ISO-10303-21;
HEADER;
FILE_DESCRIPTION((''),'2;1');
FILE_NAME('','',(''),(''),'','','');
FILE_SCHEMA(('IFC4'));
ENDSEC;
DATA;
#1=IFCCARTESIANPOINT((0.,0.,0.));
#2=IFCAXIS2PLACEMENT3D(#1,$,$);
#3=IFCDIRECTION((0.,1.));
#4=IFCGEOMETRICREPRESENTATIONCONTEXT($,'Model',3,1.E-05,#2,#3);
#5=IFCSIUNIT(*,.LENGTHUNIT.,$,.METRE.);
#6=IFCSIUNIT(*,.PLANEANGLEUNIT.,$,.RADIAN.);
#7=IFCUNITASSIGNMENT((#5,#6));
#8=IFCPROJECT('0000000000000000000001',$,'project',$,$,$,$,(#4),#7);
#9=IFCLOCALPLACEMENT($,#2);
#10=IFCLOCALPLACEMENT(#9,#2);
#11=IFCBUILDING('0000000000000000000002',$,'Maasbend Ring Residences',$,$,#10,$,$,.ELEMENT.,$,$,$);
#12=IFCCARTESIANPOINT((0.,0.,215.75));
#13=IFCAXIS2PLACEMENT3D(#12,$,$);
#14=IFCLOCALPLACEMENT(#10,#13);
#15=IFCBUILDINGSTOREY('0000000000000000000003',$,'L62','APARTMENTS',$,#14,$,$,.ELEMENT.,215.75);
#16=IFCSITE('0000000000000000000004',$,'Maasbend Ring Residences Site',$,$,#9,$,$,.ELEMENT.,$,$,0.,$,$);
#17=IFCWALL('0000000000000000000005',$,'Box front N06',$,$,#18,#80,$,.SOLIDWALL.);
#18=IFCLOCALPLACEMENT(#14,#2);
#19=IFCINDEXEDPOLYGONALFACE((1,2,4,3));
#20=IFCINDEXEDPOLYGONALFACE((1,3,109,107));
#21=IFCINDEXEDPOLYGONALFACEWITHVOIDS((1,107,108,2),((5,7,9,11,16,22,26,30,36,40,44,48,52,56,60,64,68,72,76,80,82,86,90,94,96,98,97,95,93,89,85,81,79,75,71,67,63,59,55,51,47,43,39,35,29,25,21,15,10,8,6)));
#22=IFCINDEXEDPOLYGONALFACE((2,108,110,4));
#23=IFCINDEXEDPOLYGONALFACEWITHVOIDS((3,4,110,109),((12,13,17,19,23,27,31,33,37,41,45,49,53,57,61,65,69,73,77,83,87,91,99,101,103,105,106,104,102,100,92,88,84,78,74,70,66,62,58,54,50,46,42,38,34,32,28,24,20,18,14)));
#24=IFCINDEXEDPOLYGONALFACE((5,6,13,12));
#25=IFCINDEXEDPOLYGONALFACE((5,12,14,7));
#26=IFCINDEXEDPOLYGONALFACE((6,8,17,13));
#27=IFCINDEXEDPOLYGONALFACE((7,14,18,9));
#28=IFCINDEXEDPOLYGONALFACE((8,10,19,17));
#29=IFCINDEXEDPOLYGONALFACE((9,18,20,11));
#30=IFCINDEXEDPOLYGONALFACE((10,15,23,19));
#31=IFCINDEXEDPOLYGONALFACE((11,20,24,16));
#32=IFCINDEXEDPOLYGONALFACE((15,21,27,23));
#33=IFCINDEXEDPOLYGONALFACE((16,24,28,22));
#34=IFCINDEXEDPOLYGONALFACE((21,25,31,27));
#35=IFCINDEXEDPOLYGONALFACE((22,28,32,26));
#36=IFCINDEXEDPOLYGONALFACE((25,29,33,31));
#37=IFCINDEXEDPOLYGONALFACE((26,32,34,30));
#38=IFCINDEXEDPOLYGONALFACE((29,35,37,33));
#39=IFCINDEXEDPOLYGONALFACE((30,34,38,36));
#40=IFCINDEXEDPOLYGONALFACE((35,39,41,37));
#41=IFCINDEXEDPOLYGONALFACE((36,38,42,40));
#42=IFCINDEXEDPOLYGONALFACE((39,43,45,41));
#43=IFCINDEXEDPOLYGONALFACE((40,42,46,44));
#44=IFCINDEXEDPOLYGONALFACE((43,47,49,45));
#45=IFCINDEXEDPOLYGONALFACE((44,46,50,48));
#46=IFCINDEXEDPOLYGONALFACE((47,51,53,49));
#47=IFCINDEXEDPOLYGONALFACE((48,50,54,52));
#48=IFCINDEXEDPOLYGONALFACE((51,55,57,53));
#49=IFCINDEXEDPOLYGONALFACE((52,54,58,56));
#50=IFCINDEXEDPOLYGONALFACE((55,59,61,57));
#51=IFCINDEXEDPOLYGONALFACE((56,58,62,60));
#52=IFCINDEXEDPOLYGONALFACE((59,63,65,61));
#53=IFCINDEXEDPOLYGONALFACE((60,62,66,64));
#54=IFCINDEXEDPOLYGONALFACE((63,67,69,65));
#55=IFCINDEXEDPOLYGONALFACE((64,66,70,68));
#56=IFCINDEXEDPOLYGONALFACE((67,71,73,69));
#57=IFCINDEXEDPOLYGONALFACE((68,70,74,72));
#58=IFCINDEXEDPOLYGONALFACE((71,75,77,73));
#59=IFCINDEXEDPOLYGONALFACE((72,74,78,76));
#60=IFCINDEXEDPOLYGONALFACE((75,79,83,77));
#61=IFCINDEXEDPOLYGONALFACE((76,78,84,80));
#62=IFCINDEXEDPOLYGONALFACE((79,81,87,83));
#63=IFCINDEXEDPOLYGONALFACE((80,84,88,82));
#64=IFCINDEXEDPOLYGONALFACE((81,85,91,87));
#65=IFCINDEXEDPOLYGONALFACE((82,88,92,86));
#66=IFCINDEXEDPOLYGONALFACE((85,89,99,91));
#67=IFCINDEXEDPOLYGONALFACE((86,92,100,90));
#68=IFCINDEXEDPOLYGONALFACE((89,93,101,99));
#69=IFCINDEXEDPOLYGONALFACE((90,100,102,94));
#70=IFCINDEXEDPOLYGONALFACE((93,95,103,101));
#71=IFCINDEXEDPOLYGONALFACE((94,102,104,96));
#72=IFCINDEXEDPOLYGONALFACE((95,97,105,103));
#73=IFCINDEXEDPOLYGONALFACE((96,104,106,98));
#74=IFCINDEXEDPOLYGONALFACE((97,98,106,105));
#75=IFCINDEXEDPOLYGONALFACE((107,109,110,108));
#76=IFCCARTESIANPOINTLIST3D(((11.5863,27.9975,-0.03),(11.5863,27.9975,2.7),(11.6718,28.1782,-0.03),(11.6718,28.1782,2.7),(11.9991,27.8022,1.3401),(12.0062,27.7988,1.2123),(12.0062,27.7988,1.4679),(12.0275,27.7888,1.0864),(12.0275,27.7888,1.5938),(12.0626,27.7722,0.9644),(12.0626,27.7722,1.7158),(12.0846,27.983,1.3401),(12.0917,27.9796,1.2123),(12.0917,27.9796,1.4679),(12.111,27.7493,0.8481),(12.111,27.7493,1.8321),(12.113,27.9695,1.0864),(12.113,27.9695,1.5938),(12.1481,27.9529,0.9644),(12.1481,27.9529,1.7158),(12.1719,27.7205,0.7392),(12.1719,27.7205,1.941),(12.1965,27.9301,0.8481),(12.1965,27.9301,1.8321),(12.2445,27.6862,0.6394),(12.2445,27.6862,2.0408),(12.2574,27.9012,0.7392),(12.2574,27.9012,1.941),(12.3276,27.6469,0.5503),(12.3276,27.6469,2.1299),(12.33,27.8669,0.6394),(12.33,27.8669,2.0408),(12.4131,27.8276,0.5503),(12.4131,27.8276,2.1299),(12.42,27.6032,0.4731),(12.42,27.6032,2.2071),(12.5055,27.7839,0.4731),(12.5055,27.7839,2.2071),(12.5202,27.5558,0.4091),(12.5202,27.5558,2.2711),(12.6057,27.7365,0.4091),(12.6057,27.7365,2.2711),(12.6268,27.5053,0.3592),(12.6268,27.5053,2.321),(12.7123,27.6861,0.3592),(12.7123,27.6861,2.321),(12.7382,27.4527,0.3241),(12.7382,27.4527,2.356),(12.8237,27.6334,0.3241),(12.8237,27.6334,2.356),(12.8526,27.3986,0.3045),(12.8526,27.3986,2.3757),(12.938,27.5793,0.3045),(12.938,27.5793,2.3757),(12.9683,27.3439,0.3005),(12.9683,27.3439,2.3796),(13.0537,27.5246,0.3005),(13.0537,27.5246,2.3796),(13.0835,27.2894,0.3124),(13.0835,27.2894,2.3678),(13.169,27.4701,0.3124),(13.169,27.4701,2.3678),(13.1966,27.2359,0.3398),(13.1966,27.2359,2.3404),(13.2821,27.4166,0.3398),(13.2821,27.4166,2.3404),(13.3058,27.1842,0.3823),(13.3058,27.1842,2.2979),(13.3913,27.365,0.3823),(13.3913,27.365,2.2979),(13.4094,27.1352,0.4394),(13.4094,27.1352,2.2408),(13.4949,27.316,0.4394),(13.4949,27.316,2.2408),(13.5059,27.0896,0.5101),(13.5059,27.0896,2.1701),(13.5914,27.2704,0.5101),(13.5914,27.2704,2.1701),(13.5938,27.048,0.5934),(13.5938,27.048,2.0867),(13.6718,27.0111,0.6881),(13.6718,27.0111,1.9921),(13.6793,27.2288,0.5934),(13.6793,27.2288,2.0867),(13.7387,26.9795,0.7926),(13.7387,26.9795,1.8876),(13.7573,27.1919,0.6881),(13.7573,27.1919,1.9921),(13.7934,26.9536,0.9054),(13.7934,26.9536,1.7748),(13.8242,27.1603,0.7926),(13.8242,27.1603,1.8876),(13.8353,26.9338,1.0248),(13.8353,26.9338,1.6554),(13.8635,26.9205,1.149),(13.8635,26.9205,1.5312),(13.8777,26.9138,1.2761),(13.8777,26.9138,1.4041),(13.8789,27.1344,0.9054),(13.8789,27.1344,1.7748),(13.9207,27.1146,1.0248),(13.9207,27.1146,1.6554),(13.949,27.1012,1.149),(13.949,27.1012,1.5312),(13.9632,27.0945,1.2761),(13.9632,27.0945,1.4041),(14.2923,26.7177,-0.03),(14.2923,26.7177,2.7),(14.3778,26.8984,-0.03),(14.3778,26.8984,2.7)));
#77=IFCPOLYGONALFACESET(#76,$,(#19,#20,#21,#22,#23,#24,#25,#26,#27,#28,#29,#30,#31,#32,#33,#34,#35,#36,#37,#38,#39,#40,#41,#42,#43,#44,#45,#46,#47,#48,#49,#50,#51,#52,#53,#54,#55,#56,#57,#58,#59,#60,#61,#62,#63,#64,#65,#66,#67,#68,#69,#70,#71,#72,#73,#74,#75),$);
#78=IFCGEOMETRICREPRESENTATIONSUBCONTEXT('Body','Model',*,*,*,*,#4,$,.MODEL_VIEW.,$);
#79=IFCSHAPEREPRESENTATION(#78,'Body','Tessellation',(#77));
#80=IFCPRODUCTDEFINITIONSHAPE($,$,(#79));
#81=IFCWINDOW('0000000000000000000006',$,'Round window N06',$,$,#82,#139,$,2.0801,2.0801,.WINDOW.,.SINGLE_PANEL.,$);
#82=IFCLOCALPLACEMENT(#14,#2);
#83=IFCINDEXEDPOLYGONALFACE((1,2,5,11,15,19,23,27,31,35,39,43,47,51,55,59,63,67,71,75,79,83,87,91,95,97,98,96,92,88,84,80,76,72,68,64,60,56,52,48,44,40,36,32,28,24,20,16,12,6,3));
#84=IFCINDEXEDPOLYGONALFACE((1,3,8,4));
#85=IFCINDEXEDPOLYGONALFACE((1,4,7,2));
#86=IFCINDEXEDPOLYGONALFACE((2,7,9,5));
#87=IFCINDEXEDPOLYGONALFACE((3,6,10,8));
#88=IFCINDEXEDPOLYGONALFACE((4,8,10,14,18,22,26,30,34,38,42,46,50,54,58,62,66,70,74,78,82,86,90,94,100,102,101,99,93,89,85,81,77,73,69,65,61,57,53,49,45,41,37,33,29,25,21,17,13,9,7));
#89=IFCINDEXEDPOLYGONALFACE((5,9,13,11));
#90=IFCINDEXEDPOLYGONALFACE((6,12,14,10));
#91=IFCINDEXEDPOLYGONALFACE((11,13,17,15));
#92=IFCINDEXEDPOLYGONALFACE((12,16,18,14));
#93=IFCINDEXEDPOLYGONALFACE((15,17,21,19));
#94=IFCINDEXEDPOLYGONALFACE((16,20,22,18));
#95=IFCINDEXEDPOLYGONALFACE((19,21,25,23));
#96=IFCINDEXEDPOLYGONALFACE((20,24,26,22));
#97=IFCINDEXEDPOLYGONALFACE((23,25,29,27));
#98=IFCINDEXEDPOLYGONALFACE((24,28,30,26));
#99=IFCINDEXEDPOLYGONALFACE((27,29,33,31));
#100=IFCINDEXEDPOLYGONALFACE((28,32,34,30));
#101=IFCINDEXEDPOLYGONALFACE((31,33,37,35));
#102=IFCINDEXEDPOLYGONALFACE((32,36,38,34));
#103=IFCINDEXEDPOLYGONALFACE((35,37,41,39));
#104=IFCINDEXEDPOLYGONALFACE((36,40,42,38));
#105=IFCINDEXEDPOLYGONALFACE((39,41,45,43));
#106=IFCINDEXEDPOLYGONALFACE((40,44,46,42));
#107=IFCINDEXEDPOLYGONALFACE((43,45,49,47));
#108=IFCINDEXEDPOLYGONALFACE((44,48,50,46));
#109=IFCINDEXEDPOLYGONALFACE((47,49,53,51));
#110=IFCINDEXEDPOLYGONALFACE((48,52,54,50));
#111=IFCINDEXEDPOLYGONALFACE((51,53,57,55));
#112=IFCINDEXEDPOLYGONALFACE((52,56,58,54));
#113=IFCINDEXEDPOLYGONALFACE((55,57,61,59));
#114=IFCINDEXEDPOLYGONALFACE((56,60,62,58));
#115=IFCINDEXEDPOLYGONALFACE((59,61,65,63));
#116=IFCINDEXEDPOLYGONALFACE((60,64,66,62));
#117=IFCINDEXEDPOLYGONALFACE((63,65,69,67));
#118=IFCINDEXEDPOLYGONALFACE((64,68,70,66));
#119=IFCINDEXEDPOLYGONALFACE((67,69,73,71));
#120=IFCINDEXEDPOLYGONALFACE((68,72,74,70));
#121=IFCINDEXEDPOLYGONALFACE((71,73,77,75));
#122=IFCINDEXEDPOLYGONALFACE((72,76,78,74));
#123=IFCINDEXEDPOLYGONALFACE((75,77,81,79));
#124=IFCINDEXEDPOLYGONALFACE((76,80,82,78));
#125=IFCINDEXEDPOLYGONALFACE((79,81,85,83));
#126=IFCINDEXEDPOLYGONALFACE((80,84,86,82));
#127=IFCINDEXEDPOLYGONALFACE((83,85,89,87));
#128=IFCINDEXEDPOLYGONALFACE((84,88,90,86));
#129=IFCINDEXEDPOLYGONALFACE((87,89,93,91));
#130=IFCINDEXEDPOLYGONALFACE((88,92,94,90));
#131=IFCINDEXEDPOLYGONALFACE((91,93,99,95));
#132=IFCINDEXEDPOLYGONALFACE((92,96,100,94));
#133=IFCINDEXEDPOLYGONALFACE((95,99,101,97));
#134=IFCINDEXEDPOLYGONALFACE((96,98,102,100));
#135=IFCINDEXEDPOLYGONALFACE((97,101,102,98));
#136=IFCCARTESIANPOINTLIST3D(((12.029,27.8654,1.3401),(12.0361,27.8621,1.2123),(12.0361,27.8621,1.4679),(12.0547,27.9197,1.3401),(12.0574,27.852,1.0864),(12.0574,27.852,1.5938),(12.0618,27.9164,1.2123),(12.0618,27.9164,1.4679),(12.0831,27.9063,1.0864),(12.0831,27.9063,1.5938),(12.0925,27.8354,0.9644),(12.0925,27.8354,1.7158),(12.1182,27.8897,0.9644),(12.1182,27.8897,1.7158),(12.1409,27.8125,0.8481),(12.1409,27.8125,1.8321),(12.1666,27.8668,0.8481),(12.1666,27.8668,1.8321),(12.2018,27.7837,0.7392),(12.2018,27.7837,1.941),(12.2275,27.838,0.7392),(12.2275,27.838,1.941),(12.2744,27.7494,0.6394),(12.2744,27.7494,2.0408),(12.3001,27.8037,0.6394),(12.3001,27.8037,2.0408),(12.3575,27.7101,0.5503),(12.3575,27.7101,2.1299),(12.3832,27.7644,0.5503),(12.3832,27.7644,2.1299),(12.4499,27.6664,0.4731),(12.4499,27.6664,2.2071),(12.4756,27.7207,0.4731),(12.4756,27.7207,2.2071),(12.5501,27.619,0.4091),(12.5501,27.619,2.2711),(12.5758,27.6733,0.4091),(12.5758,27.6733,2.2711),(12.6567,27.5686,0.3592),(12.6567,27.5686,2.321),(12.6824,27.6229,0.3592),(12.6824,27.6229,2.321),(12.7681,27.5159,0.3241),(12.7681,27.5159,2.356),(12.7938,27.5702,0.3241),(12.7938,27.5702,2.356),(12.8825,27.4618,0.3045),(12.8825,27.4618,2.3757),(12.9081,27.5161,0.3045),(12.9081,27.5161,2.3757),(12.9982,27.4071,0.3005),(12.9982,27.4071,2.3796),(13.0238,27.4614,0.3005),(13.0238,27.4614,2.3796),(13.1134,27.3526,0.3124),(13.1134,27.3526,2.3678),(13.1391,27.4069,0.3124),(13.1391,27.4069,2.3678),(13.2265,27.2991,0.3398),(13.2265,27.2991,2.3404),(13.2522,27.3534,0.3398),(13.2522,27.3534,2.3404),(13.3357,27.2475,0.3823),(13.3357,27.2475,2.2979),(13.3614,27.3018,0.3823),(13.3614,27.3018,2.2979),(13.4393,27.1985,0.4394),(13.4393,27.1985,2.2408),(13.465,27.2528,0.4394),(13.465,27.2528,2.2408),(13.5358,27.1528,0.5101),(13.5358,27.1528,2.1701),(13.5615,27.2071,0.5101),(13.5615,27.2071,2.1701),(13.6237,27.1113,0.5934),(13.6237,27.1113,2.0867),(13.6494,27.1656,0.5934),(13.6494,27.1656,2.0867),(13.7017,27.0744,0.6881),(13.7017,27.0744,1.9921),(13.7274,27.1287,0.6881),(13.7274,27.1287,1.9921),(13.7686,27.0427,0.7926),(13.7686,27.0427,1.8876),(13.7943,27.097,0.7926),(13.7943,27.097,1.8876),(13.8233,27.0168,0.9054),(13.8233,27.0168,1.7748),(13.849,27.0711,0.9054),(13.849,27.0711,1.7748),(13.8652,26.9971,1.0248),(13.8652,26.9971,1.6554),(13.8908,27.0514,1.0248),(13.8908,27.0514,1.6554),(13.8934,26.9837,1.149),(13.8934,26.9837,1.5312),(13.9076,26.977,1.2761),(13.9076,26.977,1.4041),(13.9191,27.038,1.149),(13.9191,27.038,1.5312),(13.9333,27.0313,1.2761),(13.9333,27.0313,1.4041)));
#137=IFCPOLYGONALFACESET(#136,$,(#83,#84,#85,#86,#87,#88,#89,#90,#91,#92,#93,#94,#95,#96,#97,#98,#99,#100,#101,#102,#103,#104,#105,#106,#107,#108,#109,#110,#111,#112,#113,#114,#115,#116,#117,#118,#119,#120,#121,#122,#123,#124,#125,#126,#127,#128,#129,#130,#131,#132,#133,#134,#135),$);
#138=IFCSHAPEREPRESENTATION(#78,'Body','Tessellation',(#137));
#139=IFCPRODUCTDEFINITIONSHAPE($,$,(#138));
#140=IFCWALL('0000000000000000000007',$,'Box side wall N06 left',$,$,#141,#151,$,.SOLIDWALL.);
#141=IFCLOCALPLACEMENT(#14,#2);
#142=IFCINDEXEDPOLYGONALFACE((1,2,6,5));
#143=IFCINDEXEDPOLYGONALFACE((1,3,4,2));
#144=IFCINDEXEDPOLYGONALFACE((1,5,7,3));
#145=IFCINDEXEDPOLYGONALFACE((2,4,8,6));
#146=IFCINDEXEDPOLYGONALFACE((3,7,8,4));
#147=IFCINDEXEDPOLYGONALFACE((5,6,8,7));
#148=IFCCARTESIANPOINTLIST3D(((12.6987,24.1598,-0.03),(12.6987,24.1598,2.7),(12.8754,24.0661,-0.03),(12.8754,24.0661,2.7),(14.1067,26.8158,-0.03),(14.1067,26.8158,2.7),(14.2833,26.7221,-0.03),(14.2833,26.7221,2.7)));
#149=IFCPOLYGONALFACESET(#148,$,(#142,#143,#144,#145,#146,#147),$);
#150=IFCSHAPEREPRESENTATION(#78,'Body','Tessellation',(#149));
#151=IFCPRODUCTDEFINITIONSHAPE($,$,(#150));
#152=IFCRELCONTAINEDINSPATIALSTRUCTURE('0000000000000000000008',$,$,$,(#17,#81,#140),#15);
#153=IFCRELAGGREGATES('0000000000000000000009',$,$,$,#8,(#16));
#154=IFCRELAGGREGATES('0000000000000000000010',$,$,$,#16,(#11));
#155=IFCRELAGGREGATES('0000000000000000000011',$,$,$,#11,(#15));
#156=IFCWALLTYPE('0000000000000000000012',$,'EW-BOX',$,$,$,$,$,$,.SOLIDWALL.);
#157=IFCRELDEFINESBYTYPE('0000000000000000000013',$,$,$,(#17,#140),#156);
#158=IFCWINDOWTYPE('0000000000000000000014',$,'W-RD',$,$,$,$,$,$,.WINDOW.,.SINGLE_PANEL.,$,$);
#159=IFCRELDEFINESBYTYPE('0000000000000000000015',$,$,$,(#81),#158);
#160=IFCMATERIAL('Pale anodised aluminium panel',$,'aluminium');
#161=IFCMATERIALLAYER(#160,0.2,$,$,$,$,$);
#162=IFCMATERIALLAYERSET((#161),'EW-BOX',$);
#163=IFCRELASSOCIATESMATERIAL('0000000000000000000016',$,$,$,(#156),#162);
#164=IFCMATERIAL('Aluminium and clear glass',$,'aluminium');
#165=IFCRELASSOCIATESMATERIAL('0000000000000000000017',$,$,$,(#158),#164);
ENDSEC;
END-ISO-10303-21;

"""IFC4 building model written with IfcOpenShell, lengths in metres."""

from ifc_helpers import new_model, si_unit, direction, frame, frame_2d, origin, place, context, subcontext, project, spatial, rectangle, circle, extrude, material, layer, layer_set, type_object, element, fill, save


model = new_model("IFC4")

# Units and contexts
model_context = context("Model", 3, precision=1e-05, world=origin(), true_north=direction((0.0, 1.0)))
body_context = subcontext(model_context, "Body", "Model", "MODEL_VIEW")
ifc_project = project(units=[si_unit("LENGTHUNIT", "METRE"), si_unit("PLANEANGLEUNIT", "RADIAN")], contexts=[model_context])

# Site, building, storey
site_placement = place(None, origin())
site = spatial("IfcSite", under=ifc_project, at=site_placement, Name="Maasbend Ring Residences Site", CompositionType="ELEMENT", RefElevation=0.0)
building_placement = place(site_placement, origin())
building = spatial("IfcBuilding", under=site, at=building_placement, Name="Maasbend Ring Residences", CompositionType="ELEMENT")
storey_placement = place(building_placement, frame((0.0, 0.0, 215.75)))
storey = spatial("IfcBuildingStorey", under=building, at=storey_placement, Name="L62", Description="APARTMENTS", CompositionType="ELEMENT", Elevation=215.75)

# Shared definitions
ifc_material_1 = material(Name="Pale anodised aluminium panel", Category="aluminium")
ifc_layer_1 = layer(ifc_material_1, 0.2)
ifc_layer_set_1 = layer_set([ifc_layer_1], Name="EW-BOX")
wall_type_1 = type_object("IfcWallType", Name="EW-BOX", PredefinedType="SOLIDWALL", material=ifc_layer_set_1)
ifc_material_2 = material(Name="Aluminium and clear glass", Category="aluminium")
window_type_1 = type_object("IfcWindowType", Name="W-RD", PartitioningType="SINGLE_PANEL", PredefinedType="WINDOW", material=ifc_material_2)

# Wall, opening, window
wall_1_placement = place(storey_placement, frame((14.335, 26.8081, -0.03), z_axis=(0.0, 0.0, 1.0), x_axis=(-0.904, 0.427532, 0.0)))
wall_1 = element("IfcWall", 1, at=wall_1_placement, inside=storey, type_object=wall_type_1, Name="Box front N06", PredefinedType="SOLIDWALL", context=body_context, shape_type="SweptSolid", body=[
    extrude(rectangle(XDim=2.9934, YDim=0.2, at=frame_2d((1.4966, 0.0))), origin(), (0.0, 0.0, 1.0), 2.73),
])
opening_1_placement = place(wall_1_placement, frame((0.4565, 0.0, 0.3301)))
opening_1 = element("IfcOpeningElement", 2, at=opening_1_placement, cuts=wall_1, PredefinedType="OPENING", context=body_context, shape_type="SweptSolid", body=[
    extrude(circle(Radius=1.04, at=frame_2d((1.04, 1.04))), frame((0.0, 0.1099, 0.0), z_axis=(0.0, -1.0, 0.0), x_axis=(1.0, 0.0, 0.0)), (0.0, 0.0, 1.0), 0.22),
])
window_1_placement = place(opening_1_placement, origin())
window_1 = element("IfcWindow", 3, at=window_1_placement, inside=storey, type_object=window_type_1, Name="Round window N06", OverallHeight=2.0801, OverallWidth=2.0801, PartitioningType="SINGLE_PANEL", PredefinedType="WINDOW", context=body_context, shape_type="SweptSolid", body=[
    extrude(circle(Radius=1.04, at=frame_2d((1.04, 1.04))), frame((0.0, 0.03, 0.0), z_axis=(0.0, -1.0, 0.0), x_axis=(1.0, 0.0, 0.0)), (0.0, 0.0, 1.0), 0.0601),
])
fill(opening_1, window_1)

# Wall
wall_2_placement = place(storey_placement, frame((12.7871, 24.113, -0.03), z_axis=(0.0, 0.0, 1.0), x_axis=(0.468365, 0.883535, 0.0)))
element("IfcWall", 4, at=wall_2_placement, inside=storey, type_object=wall_type_1, Name="Box side wall N06 left", PredefinedType="SOLIDWALL", context=body_context, shape_type="SweptSolid", body=[
    extrude(rectangle(XDim=3.0061, YDim=0.2, at=frame_2d((1.5029, 0.0))), origin(), (0.0, 0.0, 1.0), 2.73),
])

save(model, "model.ifc")
